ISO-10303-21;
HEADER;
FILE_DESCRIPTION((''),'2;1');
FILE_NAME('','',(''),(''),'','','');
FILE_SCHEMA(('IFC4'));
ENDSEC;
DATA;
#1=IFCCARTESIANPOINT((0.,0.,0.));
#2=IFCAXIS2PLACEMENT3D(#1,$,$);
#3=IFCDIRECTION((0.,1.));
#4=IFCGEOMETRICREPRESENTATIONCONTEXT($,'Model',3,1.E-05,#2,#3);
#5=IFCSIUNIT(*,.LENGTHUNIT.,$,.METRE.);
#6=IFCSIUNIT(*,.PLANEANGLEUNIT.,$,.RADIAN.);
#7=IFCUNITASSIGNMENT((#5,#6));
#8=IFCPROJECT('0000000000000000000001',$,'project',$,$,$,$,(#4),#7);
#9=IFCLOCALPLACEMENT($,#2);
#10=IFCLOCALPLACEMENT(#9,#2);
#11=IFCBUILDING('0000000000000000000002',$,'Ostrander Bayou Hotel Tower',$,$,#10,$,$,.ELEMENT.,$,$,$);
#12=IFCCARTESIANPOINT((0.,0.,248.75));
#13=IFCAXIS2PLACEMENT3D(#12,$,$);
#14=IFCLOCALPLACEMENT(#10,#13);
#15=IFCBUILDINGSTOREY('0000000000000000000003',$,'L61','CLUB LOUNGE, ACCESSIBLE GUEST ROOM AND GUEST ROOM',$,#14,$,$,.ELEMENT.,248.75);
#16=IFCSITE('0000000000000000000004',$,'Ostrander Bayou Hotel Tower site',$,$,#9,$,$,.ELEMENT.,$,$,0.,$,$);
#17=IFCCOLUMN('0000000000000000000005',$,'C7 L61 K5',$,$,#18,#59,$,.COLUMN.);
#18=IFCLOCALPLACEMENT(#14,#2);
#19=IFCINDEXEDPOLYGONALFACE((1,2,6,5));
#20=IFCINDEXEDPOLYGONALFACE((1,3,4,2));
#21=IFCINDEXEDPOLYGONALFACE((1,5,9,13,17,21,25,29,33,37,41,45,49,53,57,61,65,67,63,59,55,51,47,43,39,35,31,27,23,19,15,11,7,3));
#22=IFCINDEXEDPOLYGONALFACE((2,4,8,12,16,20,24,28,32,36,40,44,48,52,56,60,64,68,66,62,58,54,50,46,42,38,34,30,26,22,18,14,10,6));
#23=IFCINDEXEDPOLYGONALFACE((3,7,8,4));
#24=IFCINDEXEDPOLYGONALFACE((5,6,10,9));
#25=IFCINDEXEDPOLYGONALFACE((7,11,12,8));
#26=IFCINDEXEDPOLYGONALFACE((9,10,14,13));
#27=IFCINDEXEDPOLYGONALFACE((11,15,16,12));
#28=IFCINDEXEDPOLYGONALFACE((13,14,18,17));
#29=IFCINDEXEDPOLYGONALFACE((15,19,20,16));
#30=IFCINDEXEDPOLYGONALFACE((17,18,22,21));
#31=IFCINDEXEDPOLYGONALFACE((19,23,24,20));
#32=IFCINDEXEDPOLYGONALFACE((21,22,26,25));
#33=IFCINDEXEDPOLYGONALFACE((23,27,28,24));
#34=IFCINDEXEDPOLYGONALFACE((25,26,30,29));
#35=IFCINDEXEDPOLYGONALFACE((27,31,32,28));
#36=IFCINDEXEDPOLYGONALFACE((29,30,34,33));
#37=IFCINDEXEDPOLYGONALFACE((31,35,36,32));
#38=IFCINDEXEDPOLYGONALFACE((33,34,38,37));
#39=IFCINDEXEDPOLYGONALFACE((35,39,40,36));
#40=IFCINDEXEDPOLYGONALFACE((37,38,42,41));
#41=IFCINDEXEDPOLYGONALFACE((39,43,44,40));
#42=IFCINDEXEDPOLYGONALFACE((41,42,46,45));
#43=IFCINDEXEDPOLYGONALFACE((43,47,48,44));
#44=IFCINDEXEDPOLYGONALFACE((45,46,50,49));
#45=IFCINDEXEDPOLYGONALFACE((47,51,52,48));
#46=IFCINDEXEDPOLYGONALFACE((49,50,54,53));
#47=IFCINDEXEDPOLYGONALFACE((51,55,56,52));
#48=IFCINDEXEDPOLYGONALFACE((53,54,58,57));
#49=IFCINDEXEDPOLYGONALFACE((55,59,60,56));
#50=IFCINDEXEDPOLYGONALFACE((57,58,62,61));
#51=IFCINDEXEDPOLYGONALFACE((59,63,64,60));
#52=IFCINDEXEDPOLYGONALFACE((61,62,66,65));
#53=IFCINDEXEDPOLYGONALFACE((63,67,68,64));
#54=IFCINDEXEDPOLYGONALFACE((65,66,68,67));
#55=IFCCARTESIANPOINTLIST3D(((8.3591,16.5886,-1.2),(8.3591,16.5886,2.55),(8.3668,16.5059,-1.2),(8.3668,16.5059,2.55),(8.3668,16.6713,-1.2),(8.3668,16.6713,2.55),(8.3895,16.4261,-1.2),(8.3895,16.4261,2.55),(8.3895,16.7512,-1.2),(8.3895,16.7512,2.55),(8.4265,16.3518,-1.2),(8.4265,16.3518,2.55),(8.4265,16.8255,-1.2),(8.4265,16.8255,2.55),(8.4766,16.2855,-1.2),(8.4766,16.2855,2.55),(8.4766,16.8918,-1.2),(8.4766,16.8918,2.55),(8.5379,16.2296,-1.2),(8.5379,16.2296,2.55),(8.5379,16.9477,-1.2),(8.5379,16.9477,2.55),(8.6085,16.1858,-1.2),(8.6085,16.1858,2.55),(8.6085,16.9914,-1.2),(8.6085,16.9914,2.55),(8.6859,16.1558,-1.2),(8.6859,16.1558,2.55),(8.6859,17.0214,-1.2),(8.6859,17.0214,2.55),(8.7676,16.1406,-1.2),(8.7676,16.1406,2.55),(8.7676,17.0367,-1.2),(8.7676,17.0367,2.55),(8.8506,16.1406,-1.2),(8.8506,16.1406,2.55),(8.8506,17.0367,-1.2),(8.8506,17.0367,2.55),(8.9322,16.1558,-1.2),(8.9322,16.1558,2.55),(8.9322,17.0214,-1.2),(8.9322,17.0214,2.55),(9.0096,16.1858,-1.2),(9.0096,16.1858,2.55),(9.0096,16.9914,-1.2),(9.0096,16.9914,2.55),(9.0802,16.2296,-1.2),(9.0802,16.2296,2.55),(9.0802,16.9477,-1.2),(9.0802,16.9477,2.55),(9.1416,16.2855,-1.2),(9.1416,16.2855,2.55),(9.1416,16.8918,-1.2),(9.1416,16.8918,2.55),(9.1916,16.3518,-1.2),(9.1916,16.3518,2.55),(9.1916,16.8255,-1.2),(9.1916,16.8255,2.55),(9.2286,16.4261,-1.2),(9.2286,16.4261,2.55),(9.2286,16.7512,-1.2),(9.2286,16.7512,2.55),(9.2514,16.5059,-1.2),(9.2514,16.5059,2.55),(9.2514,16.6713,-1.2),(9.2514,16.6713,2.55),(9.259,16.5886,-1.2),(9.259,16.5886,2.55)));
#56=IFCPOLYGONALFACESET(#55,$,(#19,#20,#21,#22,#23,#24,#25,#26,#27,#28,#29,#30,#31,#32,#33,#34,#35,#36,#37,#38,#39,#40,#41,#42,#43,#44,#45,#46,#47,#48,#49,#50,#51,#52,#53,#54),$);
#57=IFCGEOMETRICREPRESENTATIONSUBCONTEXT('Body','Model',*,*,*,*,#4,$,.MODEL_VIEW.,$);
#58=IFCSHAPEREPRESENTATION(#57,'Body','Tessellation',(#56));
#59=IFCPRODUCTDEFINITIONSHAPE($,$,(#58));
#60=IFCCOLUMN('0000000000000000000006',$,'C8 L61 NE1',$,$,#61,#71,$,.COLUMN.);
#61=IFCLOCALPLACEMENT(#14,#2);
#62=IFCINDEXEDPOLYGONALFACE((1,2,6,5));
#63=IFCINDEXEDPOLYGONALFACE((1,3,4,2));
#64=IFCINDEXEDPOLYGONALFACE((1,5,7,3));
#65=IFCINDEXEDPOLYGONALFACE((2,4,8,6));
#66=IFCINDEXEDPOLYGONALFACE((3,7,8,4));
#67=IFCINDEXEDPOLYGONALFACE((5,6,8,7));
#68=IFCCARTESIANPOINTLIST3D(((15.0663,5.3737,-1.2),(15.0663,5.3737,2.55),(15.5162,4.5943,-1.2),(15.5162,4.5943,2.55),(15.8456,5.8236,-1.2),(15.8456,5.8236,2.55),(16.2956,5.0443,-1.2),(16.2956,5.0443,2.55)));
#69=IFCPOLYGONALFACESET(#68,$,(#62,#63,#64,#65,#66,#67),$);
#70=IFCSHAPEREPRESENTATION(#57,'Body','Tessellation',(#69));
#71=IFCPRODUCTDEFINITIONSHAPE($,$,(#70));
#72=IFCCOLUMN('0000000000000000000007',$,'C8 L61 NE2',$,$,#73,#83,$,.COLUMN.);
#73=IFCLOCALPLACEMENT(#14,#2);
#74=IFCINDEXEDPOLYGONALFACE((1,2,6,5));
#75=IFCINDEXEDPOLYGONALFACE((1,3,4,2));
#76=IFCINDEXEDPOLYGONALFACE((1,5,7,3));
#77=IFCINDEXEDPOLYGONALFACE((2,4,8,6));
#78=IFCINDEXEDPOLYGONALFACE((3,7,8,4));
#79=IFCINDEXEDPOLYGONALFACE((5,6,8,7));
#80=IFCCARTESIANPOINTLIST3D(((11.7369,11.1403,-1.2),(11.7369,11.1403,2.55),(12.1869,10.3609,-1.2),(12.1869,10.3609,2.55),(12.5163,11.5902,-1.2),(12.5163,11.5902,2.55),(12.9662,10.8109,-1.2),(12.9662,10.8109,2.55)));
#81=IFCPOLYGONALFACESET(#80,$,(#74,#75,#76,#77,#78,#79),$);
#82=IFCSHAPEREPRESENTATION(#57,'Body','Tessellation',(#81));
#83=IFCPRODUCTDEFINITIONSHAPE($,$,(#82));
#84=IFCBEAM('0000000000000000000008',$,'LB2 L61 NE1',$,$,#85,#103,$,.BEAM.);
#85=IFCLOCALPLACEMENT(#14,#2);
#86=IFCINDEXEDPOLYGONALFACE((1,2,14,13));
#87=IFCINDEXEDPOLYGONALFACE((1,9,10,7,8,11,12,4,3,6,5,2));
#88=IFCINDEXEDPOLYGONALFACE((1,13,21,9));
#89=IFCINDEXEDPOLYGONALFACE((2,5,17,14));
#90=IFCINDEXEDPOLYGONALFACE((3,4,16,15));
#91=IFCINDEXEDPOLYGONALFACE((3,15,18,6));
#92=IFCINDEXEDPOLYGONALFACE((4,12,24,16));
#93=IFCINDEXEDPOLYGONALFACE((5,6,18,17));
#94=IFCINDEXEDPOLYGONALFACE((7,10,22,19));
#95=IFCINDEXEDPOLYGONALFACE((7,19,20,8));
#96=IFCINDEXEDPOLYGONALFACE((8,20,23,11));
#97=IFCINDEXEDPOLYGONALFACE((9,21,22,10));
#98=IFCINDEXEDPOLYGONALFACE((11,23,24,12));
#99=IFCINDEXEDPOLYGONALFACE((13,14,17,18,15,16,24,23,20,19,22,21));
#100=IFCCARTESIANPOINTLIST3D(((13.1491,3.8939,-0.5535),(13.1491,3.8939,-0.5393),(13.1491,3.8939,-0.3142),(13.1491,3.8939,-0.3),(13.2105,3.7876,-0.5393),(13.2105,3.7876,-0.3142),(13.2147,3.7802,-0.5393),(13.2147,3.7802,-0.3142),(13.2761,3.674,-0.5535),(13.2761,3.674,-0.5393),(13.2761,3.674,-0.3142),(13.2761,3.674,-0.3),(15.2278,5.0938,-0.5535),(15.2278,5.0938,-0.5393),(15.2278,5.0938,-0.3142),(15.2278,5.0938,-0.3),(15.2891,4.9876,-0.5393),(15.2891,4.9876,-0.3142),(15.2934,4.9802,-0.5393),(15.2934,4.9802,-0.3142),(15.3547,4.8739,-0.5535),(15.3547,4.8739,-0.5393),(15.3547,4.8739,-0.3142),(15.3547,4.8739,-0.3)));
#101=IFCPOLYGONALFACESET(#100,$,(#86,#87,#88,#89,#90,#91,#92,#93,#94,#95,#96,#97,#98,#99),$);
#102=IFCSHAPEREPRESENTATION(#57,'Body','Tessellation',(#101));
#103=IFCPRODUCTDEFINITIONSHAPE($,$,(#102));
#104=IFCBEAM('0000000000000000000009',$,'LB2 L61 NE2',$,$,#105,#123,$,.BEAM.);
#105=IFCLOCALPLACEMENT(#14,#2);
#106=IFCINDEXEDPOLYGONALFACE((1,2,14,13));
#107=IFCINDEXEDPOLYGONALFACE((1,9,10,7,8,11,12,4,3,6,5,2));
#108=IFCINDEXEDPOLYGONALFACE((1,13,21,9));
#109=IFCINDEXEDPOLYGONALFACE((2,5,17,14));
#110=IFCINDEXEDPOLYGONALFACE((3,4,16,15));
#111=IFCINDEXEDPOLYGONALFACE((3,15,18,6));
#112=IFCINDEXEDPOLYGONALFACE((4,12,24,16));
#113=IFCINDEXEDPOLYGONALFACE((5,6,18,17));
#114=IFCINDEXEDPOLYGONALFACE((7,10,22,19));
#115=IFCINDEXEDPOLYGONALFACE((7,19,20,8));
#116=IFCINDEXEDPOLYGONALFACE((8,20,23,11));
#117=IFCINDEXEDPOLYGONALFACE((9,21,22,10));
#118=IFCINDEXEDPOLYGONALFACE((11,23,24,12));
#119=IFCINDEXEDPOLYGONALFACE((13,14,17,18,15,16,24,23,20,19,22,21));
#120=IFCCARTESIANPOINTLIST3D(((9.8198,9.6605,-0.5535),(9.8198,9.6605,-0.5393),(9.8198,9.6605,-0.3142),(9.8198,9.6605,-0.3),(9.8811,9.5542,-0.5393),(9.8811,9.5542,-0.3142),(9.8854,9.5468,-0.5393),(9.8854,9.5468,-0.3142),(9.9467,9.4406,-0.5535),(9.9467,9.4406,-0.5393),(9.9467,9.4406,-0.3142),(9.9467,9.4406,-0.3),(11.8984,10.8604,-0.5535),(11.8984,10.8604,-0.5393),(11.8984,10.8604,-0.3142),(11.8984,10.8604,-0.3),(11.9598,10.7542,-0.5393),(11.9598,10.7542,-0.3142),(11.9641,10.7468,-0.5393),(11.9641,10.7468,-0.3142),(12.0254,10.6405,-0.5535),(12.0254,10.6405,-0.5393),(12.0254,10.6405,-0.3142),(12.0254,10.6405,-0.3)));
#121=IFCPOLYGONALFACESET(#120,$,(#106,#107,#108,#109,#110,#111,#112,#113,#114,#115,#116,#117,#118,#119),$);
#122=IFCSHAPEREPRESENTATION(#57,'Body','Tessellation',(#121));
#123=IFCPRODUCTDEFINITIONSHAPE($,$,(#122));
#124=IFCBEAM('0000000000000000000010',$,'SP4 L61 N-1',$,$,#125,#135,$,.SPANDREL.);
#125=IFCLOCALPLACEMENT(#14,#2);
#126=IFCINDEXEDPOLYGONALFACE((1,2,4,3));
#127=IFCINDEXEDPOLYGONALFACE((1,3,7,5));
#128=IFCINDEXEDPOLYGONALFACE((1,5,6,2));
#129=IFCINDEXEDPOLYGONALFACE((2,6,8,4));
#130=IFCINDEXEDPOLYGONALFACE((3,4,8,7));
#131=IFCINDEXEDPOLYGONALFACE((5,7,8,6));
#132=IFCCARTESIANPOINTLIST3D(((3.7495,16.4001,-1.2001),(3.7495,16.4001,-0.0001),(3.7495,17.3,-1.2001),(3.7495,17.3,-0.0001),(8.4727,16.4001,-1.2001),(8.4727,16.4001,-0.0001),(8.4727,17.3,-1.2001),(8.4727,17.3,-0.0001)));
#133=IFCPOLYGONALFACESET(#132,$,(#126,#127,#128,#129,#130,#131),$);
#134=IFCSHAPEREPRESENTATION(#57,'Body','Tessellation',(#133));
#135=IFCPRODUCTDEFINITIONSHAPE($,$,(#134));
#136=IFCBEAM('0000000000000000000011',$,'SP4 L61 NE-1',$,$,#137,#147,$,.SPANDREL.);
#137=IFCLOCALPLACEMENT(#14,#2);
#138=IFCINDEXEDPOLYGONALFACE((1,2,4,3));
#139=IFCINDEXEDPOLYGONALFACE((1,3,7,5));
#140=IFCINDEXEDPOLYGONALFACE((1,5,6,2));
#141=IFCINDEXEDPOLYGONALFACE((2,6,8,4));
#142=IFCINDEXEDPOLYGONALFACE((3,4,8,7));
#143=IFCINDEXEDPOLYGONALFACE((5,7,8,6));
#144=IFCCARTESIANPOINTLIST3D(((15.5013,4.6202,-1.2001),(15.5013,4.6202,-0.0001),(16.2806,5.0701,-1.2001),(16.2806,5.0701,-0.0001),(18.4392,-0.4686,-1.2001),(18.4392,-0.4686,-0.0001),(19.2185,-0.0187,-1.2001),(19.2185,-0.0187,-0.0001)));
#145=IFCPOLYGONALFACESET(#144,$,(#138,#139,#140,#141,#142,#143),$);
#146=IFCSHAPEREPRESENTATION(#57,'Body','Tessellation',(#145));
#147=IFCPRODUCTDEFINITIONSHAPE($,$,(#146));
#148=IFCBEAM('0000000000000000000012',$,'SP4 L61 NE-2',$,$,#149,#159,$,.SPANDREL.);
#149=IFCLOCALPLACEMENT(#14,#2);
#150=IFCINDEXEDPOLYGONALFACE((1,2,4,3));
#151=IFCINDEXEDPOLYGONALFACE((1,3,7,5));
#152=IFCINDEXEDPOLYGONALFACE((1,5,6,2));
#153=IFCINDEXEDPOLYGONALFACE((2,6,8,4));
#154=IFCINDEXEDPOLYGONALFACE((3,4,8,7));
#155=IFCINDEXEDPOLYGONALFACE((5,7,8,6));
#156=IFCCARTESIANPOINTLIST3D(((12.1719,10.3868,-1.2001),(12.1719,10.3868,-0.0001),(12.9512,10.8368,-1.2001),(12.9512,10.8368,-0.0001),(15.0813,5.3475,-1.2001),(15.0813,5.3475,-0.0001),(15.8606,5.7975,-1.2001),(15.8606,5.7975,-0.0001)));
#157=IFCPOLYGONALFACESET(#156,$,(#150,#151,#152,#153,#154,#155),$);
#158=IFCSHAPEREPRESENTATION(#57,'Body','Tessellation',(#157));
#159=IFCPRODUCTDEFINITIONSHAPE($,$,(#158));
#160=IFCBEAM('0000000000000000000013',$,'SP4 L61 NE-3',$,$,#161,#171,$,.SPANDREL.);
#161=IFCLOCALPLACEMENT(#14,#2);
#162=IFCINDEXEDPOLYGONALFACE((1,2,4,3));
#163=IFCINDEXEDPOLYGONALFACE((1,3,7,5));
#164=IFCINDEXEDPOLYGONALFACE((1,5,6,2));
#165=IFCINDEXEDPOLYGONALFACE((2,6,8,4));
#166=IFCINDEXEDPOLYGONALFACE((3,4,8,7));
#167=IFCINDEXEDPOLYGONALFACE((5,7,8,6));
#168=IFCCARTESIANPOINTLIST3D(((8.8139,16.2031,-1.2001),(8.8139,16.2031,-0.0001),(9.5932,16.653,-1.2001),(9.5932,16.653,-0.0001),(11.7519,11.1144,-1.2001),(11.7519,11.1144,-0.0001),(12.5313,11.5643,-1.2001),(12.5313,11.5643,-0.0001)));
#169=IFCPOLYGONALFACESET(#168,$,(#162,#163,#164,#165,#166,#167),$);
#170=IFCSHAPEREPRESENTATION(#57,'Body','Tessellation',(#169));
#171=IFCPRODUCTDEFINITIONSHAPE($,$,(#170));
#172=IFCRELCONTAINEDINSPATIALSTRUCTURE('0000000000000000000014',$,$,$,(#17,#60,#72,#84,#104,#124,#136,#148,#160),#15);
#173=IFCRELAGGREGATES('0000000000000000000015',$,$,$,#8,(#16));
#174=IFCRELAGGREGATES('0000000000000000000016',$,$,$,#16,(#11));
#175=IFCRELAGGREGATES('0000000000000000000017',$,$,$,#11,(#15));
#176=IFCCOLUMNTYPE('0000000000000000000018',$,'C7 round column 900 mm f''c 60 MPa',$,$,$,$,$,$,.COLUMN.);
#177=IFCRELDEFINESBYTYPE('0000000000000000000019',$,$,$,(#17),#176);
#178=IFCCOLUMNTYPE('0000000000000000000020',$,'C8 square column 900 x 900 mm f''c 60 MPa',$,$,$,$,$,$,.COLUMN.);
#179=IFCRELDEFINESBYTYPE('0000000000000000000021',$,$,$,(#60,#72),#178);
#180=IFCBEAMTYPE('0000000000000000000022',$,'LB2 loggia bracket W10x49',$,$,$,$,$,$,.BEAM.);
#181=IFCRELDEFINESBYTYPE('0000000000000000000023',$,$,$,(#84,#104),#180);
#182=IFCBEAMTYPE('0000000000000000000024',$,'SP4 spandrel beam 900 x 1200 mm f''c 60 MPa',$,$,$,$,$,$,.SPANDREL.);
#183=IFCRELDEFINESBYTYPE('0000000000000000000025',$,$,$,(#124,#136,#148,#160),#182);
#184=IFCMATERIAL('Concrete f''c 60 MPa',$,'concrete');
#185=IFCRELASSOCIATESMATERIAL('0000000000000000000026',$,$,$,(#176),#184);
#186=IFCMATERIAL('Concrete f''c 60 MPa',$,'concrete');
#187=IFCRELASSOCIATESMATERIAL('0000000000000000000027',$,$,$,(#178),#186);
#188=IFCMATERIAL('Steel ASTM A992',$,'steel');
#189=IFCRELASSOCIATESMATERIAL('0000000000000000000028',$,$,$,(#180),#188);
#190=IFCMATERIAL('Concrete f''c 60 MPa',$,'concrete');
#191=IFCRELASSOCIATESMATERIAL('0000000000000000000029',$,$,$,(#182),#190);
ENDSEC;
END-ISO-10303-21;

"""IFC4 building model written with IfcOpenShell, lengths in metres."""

from ifc_helpers import new_model, si_unit, direction, frame, origin, origin_2d, place, context, subcontext, project, spatial, rectangle, circle, i_section, extrude, material, material_profile, profile_set, type_object, element, save


model = new_model("IFC4")

# Units and contexts
model_context = context("Model", 3, precision=1e-05, world=origin(), true_north=direction((0.0, 1.0)))
body_context = subcontext(model_context, "Body", "Model", "MODEL_VIEW")
ifc_project = project(units=[si_unit("LENGTHUNIT", "METRE"), si_unit("PLANEANGLEUNIT", "RADIAN")], contexts=[model_context])

# Site, building, storey
site_placement = place(None, origin())
site = spatial("IfcSite", under=ifc_project, at=site_placement, Name="Ostrander Bayou Hotel Tower site", CompositionType="ELEMENT", RefElevation=0.0)
building_placement = place(site_placement, origin())
building = spatial("IfcBuilding", under=site, at=building_placement, Name="Ostrander Bayou Hotel Tower", CompositionType="ELEMENT")
storey_placement = place(building_placement, frame((0.0, 0.0, 248.75)))
storey = spatial("IfcBuildingStorey", under=building, at=storey_placement, Name="L61", Description="CLUB LOUNGE, ACCESSIBLE GUEST ROOM AND GUEST ROOM", CompositionType="ELEMENT", Elevation=248.75)

# Columns
ifc_material_1 = material(Name="Concrete f'c 60 MPa", Category="concrete")
ifc_material_profile_1 = material_profile(ifc_material_1, circle(Radius=0.45, at=origin_2d()))
ifc_profile_set_1 = profile_set([ifc_material_profile_1], Name="Concrete f'c 60 MPa")
column_type_1 = type_object("IfcColumnType", Name="C7 round column 900 mm f'c 60 MPa", PredefinedType="COLUMN", material=ifc_profile_set_1)
column_placement = place(storey_placement, frame((8.8091, 16.5886, -1.2), z_axis=(0.0, 0.0, 1.0), x_axis=(1.0, 0.0, 0.0)))
element("IfcColumn", 1, at=column_placement, inside=storey, type_object=column_type_1, Name="C7 L61 K5", PredefinedType="COLUMN", context=body_context, shape_type="SweptSolid", body=[
    extrude(circle(Radius=0.45, at=origin_2d()), origin(), (0.0, 0.0, 1.0), 3.75),
])
ifc_material_2 = material(Name="Concrete f'c 60 MPa", Category="concrete")
ifc_material_profile_2 = material_profile(ifc_material_2, rectangle(XDim=0.8999, YDim=0.8999, at=origin_2d()))
ifc_profile_set_2 = profile_set([ifc_material_profile_2], Name="Concrete f'c 60 MPa")
column_type_2 = type_object("IfcColumnType", Name="C8 square column 900 x 900 mm f'c 60 MPa", PredefinedType="COLUMN", material=ifc_profile_set_2)
for number, where, z_axis, x_axis, name in (
    (2, (15.6809, 5.209, -1.2), (0.0, 0.0, 1.0), (0.5, -0.866025, 0.0), "C8 L61 NE1"),
    (3, (12.3516, 10.9756, -1.2), (0.0, 0.0, 1.0), (0.5, -0.866025, 0.0), "C8 L61 NE2"),
):
    element("IfcColumn", number, at=place(storey_placement, frame(where, z_axis=z_axis, x_axis=x_axis)), inside=storey, type_object=column_type_2, Name=name, PredefinedType="COLUMN", context=body_context, shape_type="SweptSolid", body=[
        extrude(rectangle(XDim=0.8999, YDim=0.8999, at=origin_2d()), origin(), (0.0, 0.0, 1.0), 3.75),
    ])

# Beams
ifc_material_3 = material(Name="Steel ASTM A992", Category="steel")
ifc_material_profile_3 = material_profile(ifc_material_3, i_section(OverallWidth=0.2539, OverallDepth=0.2534, WebThickness=0.0085, FlangeThickness=0.0142, at=origin_2d()))
ifc_profile_set_3 = profile_set([ifc_material_profile_3], Name="Steel ASTM A992")
beam_type_1 = type_object("IfcBeamType", Name="LB2 loggia bracket W10x49", PredefinedType="BEAM", material=ifc_profile_set_3)
for number, where, z_axis, x_axis, name in (
    (4, (15.2913, 4.9839, -0.4268), (-0.86605, -0.499957, 0.0), (0.499957, -0.86605, 0.0), "LB2 L61 NE1"),
    (5, (11.9619, 10.7505, -0.4268), (-0.86605, -0.499957, 0.0), (0.499957, -0.86605, 0.0), "LB2 L61 NE2"),
):
    element("IfcBeam", number, at=place(storey_placement, frame(where, z_axis=z_axis, x_axis=x_axis)), inside=storey, type_object=beam_type_1, Name=name, PredefinedType="BEAM", context=body_context, shape_type="SweptSolid", body=[
        extrude(i_section(OverallWidth=0.2539, OverallDepth=0.2534, WebThickness=0.0085, FlangeThickness=0.0142, at=origin_2d()), origin(), (0.0, 0.0, 1.0), 2.4001),
    ])
ifc_material_4 = material(Name="Concrete f'c 60 MPa", Category="concrete")
ifc_material_profile_4 = material_profile(ifc_material_4, rectangle(XDim=0.8999, YDim=1.2, at=origin_2d()))
ifc_profile_set_4 = profile_set([ifc_material_profile_4], Name="Concrete f'c 60 MPa")
beam_type_2 = type_object("IfcBeamType", Name="SP4 spandrel beam 900 x 1200 mm f'c 60 MPa", PredefinedType="SPANDREL", material=ifc_profile_set_4)
beam_1_placement = place(storey_placement, frame((8.4727, 16.8501, -0.6001), z_axis=(-1.0, 0.0, 0.0), x_axis=(0.0, -1.0, 0.0)))
element("IfcBeam", 6, at=beam_1_placement, inside=storey, type_object=beam_type_2, Name="SP4 L61 N-1", PredefinedType="SPANDREL", context=body_context, shape_type="SweptSolid", body=[
    extrude(rectangle(XDim=0.8999, YDim=1.2, at=origin_2d()), origin(), (0.0, 0.0, 1.0), 4.7231),
])
beam_2_placement = place(storey_placement, frame((18.8289, -0.2437, -0.6001), z_axis=(-0.499991, 0.866031, 0.0), x_axis=(-0.866031, -0.499991, 0.0)))
element("IfcBeam", 7, at=beam_2_placement, inside=storey, type_object=beam_type_2, Name="SP4 L61 NE-1", PredefinedType="SPANDREL", context=body_context, shape_type="SweptSolid", body=[
    extrude(rectangle(XDim=0.8999, YDim=1.2, at=origin_2d()), origin(), (0.0, 0.0, 1.0), 5.876),
])
beam_3_placement = place(storey_placement, frame((15.4709, 5.5725, -0.6001), z_axis=(-0.499997, 0.866027, 0.0), x_axis=(-0.866027, -0.499997, 0.0)))
element("IfcBeam", 8, at=beam_3_placement, inside=storey, type_object=beam_type_2, Name="SP4 L61 NE-2", PredefinedType="SPANDREL", context=body_context, shape_type="SweptSolid", body=[
    extrude(rectangle(XDim=0.8999, YDim=1.2, at=origin_2d()), origin(), (0.0, 0.0, 1.0), 5.8188),
])
beam_4_placement = place(storey_placement, frame((12.1416, 11.3394, -0.6001), z_axis=(-0.500009, 0.86602, 0.0), x_axis=(-0.86602, -0.500009, 0.0)))
element("IfcBeam", 9, at=beam_4_placement, inside=storey, type_object=beam_type_2, Name="SP4 L61 NE-3", PredefinedType="SPANDREL", context=body_context, shape_type="SweptSolid", body=[
    extrude(rectangle(XDim=0.8999, YDim=1.2, at=origin_2d()), origin(), (0.0, 0.0, 1.0), 5.876),
])

save(model, "model.ifc")
